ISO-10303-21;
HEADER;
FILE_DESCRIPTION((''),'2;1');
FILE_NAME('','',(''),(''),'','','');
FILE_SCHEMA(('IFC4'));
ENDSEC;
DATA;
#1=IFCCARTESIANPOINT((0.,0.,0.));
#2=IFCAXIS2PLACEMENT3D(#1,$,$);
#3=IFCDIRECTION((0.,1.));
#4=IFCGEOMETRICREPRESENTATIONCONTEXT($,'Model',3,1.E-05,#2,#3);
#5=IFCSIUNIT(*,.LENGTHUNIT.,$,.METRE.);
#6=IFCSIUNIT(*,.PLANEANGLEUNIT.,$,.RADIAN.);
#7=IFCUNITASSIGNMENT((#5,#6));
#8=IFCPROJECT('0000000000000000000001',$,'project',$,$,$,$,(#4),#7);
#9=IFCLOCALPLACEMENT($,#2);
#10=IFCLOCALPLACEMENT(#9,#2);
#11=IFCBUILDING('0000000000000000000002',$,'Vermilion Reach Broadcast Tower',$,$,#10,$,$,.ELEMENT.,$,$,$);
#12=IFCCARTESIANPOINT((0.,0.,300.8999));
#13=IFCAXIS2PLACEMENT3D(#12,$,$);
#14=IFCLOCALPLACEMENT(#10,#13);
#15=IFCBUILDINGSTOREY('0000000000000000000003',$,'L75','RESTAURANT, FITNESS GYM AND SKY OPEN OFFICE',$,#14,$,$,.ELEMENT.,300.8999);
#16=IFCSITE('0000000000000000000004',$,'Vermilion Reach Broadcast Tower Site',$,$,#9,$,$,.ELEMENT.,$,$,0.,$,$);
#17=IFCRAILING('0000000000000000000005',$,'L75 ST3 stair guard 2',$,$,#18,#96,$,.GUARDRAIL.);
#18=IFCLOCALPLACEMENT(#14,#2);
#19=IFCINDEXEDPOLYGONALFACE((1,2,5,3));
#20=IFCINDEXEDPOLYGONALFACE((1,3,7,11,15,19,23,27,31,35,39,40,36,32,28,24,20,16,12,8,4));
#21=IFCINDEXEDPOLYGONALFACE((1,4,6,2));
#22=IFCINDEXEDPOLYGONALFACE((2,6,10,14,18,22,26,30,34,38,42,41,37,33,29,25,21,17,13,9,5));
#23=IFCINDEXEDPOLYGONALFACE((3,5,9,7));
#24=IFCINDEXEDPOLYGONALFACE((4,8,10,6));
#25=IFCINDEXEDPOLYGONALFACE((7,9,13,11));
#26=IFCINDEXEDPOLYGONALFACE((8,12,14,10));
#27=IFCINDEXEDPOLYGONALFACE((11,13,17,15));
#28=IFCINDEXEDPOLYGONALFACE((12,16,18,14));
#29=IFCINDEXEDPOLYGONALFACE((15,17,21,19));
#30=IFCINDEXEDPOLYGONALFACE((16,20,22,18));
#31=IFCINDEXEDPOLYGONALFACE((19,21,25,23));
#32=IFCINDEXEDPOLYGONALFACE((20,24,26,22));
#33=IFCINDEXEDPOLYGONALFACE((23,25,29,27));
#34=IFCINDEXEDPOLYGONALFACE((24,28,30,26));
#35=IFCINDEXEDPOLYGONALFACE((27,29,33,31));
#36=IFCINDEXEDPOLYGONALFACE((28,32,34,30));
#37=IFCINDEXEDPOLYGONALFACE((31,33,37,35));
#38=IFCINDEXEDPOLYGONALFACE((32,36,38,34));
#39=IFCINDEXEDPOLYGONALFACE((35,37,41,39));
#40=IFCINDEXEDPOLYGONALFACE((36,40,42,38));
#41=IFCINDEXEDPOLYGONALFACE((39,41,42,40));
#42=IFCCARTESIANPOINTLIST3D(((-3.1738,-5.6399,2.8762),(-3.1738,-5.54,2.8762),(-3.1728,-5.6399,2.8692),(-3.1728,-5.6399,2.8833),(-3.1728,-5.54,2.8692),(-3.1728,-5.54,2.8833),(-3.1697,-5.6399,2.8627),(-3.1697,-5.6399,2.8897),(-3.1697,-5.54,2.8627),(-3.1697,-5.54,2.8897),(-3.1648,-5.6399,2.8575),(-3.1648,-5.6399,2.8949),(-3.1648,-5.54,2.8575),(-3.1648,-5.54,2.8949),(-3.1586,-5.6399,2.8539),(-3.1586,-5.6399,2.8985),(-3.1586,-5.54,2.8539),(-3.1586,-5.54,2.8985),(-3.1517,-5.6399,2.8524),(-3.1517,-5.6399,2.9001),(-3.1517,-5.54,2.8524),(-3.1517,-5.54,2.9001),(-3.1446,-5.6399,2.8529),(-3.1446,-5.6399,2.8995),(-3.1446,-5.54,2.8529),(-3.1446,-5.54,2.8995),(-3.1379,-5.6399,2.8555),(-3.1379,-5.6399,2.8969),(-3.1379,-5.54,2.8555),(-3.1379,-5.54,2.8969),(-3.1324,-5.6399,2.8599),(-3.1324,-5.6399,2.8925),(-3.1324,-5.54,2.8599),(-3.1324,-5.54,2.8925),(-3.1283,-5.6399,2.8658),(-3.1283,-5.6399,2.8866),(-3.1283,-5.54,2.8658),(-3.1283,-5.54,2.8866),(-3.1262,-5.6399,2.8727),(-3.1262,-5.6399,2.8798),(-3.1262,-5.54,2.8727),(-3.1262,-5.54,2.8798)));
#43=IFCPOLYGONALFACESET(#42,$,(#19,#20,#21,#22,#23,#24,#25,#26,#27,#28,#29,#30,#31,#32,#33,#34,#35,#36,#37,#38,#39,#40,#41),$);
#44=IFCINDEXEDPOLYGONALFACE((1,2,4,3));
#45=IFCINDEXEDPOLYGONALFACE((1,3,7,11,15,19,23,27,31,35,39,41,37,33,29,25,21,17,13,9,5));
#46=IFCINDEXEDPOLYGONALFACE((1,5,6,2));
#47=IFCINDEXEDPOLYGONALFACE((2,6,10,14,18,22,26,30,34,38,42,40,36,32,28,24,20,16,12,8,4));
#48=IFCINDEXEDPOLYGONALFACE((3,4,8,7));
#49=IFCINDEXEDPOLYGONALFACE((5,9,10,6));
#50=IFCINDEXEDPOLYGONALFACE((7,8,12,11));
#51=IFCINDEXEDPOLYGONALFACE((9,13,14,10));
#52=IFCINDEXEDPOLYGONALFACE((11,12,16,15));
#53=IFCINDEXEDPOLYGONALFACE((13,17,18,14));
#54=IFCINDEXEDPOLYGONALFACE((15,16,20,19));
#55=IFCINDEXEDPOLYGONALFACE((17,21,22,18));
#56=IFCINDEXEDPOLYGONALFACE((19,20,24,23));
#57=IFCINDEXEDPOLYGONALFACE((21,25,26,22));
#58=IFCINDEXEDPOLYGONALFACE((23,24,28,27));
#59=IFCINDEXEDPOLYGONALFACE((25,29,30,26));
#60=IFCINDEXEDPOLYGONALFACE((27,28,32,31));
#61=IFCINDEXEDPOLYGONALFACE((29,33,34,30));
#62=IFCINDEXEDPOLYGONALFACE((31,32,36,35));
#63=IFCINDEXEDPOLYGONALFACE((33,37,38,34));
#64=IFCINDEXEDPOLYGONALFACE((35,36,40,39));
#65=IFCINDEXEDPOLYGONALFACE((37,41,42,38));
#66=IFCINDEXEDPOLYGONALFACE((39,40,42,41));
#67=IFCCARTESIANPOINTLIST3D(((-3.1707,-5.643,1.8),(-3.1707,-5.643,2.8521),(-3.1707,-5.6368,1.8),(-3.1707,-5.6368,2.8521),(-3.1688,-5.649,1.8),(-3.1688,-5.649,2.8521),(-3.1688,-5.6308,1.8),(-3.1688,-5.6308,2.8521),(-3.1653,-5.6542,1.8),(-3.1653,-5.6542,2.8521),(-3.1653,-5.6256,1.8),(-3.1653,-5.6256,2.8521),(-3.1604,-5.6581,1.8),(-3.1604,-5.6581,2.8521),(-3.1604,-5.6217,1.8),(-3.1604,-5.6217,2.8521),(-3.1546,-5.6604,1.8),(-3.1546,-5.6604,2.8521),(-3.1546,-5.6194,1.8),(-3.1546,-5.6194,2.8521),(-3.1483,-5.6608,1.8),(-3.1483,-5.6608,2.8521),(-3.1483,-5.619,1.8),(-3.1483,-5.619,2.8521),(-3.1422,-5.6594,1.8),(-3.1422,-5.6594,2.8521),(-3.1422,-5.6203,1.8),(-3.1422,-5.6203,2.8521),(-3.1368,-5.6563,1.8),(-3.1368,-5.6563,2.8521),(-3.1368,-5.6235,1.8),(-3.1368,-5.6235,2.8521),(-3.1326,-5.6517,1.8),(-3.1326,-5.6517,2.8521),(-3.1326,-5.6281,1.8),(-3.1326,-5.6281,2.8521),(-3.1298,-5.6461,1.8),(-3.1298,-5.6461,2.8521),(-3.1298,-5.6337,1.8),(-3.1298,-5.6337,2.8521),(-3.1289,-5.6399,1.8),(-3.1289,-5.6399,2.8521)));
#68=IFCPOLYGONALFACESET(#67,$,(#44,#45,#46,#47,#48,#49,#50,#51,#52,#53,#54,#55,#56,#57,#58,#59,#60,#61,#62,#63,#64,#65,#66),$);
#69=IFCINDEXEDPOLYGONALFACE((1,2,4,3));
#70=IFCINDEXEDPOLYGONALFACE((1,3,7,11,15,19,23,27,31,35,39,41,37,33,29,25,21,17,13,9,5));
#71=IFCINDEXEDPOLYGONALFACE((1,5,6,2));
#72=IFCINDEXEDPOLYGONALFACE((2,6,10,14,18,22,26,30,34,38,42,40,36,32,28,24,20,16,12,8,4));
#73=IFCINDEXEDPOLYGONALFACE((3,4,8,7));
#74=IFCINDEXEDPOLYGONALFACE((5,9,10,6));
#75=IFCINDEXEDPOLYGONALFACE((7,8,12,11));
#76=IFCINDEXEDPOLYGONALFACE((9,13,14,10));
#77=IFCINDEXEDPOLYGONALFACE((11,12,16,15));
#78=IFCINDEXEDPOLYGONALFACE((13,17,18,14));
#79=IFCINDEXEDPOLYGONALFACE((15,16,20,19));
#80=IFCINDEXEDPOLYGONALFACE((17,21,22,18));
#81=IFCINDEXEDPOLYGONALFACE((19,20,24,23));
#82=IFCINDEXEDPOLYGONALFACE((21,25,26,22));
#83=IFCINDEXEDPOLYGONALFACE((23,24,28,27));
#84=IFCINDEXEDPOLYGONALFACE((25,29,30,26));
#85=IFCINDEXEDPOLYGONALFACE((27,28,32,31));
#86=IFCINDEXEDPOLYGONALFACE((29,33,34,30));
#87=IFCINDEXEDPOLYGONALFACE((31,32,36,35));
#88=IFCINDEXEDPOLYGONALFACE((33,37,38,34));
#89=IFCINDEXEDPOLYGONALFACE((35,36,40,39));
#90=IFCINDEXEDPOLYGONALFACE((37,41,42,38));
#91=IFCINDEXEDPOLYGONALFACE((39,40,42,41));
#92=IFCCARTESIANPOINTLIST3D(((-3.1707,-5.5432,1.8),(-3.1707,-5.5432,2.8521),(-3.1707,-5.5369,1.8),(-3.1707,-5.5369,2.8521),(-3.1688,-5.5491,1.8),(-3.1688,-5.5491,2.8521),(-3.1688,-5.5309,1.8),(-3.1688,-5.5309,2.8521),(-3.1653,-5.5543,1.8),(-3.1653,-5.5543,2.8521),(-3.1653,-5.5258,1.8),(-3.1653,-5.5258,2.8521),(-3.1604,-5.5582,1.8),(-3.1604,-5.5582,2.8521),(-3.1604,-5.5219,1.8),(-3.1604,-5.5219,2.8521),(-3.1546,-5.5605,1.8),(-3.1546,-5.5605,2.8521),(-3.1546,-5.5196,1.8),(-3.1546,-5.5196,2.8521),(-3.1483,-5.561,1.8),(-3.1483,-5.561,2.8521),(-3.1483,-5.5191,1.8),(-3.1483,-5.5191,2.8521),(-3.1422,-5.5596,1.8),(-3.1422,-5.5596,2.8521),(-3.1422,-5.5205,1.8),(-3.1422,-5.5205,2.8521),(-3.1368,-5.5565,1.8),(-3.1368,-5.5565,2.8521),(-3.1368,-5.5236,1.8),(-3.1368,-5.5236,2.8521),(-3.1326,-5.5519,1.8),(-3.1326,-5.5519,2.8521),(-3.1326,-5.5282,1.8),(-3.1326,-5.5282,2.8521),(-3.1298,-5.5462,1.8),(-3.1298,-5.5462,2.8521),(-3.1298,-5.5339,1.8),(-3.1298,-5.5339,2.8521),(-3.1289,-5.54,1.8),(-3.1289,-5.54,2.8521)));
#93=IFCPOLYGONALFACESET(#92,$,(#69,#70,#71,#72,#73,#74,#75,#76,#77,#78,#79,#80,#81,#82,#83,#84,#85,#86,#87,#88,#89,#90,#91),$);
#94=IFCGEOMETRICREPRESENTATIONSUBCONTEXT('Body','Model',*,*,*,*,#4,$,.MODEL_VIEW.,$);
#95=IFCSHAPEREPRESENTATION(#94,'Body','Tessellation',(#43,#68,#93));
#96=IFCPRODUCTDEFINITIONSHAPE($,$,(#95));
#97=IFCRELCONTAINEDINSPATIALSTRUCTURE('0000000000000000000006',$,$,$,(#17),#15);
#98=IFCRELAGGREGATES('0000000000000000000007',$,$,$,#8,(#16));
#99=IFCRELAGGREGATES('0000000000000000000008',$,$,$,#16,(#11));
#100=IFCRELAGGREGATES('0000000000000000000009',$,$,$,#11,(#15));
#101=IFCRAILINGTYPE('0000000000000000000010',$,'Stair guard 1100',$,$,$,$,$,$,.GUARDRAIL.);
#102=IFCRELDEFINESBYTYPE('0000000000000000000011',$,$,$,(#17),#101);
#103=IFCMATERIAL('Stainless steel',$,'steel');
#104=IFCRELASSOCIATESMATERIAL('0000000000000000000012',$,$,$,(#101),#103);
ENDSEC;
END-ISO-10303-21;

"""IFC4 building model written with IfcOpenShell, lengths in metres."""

from ifc_helpers import new_model, si_unit, direction, frame, origin, origin_2d, place, context, subcontext, project, spatial, circle, extrude, material, type_object, element, save


model = new_model("IFC4")

# Units and contexts
model_context = context("Model", 3, precision=1e-05, world=origin(), true_north=direction((0.0, 1.0)))
body_context = subcontext(model_context, "Body", "Model", "MODEL_VIEW")
ifc_project = project(units=[si_unit("LENGTHUNIT", "METRE"), si_unit("PLANEANGLEUNIT", "RADIAN")], contexts=[model_context])

# Site, building, storey
site_placement = place(None, origin())
site = spatial("IfcSite", under=ifc_project, at=site_placement, Name="Vermilion Reach Broadcast Tower Site", CompositionType="ELEMENT", RefElevation=0.0)
building_placement = place(site_placement, origin())
building = spatial("IfcBuilding", under=site, at=building_placement, Name="Vermilion Reach Broadcast Tower", CompositionType="ELEMENT")
storey_placement = place(building_placement, frame((0.0, 0.0, 300.8999)))
storey = spatial("IfcBuildingStorey", under=building, at=storey_placement, Name="L75", Description="RESTAURANT, FITNESS GYM AND SKY OPEN OFFICE", CompositionType="ELEMENT", Elevation=300.8999)

# Railing
ifc_material_1 = material(Name="Stainless steel", Category="steel")
railing_type_1 = type_object("IfcRailingType", Name="Stair guard 1100", PredefinedType="GUARDRAIL", material=ifc_material_1)
railing_1_placement = place(storey_placement, frame((-3.1499, -5.6399, 1.8)))
element("IfcRailing", 1, at=railing_1_placement, inside=storey, type_object=railing_type_1, Name="L75 ST3 stair guard 2", PredefinedType="GUARDRAIL", context=body_context, shape_type="SweptSolid", body=[
    extrude(circle(Radius=0.0239, at=origin_2d()), frame((0.0, 0.0, 1.0762), z_axis=(0.0, 1.0, 0.0), x_axis=(-1.0, 0.0, 0.0)), (0.0, 0.0, 1.0), 0.0999),
    extrude(circle(Radius=0.021, at=origin_2d()), origin(), (0.0, 0.0, 1.0), 1.052),
    extrude(circle(Radius=0.021, at=origin_2d()), frame((0.0, 0.0999, 0.0)), (0.0, 0.0, 1.0), 1.052),
])

save(model, "model.ifc")
